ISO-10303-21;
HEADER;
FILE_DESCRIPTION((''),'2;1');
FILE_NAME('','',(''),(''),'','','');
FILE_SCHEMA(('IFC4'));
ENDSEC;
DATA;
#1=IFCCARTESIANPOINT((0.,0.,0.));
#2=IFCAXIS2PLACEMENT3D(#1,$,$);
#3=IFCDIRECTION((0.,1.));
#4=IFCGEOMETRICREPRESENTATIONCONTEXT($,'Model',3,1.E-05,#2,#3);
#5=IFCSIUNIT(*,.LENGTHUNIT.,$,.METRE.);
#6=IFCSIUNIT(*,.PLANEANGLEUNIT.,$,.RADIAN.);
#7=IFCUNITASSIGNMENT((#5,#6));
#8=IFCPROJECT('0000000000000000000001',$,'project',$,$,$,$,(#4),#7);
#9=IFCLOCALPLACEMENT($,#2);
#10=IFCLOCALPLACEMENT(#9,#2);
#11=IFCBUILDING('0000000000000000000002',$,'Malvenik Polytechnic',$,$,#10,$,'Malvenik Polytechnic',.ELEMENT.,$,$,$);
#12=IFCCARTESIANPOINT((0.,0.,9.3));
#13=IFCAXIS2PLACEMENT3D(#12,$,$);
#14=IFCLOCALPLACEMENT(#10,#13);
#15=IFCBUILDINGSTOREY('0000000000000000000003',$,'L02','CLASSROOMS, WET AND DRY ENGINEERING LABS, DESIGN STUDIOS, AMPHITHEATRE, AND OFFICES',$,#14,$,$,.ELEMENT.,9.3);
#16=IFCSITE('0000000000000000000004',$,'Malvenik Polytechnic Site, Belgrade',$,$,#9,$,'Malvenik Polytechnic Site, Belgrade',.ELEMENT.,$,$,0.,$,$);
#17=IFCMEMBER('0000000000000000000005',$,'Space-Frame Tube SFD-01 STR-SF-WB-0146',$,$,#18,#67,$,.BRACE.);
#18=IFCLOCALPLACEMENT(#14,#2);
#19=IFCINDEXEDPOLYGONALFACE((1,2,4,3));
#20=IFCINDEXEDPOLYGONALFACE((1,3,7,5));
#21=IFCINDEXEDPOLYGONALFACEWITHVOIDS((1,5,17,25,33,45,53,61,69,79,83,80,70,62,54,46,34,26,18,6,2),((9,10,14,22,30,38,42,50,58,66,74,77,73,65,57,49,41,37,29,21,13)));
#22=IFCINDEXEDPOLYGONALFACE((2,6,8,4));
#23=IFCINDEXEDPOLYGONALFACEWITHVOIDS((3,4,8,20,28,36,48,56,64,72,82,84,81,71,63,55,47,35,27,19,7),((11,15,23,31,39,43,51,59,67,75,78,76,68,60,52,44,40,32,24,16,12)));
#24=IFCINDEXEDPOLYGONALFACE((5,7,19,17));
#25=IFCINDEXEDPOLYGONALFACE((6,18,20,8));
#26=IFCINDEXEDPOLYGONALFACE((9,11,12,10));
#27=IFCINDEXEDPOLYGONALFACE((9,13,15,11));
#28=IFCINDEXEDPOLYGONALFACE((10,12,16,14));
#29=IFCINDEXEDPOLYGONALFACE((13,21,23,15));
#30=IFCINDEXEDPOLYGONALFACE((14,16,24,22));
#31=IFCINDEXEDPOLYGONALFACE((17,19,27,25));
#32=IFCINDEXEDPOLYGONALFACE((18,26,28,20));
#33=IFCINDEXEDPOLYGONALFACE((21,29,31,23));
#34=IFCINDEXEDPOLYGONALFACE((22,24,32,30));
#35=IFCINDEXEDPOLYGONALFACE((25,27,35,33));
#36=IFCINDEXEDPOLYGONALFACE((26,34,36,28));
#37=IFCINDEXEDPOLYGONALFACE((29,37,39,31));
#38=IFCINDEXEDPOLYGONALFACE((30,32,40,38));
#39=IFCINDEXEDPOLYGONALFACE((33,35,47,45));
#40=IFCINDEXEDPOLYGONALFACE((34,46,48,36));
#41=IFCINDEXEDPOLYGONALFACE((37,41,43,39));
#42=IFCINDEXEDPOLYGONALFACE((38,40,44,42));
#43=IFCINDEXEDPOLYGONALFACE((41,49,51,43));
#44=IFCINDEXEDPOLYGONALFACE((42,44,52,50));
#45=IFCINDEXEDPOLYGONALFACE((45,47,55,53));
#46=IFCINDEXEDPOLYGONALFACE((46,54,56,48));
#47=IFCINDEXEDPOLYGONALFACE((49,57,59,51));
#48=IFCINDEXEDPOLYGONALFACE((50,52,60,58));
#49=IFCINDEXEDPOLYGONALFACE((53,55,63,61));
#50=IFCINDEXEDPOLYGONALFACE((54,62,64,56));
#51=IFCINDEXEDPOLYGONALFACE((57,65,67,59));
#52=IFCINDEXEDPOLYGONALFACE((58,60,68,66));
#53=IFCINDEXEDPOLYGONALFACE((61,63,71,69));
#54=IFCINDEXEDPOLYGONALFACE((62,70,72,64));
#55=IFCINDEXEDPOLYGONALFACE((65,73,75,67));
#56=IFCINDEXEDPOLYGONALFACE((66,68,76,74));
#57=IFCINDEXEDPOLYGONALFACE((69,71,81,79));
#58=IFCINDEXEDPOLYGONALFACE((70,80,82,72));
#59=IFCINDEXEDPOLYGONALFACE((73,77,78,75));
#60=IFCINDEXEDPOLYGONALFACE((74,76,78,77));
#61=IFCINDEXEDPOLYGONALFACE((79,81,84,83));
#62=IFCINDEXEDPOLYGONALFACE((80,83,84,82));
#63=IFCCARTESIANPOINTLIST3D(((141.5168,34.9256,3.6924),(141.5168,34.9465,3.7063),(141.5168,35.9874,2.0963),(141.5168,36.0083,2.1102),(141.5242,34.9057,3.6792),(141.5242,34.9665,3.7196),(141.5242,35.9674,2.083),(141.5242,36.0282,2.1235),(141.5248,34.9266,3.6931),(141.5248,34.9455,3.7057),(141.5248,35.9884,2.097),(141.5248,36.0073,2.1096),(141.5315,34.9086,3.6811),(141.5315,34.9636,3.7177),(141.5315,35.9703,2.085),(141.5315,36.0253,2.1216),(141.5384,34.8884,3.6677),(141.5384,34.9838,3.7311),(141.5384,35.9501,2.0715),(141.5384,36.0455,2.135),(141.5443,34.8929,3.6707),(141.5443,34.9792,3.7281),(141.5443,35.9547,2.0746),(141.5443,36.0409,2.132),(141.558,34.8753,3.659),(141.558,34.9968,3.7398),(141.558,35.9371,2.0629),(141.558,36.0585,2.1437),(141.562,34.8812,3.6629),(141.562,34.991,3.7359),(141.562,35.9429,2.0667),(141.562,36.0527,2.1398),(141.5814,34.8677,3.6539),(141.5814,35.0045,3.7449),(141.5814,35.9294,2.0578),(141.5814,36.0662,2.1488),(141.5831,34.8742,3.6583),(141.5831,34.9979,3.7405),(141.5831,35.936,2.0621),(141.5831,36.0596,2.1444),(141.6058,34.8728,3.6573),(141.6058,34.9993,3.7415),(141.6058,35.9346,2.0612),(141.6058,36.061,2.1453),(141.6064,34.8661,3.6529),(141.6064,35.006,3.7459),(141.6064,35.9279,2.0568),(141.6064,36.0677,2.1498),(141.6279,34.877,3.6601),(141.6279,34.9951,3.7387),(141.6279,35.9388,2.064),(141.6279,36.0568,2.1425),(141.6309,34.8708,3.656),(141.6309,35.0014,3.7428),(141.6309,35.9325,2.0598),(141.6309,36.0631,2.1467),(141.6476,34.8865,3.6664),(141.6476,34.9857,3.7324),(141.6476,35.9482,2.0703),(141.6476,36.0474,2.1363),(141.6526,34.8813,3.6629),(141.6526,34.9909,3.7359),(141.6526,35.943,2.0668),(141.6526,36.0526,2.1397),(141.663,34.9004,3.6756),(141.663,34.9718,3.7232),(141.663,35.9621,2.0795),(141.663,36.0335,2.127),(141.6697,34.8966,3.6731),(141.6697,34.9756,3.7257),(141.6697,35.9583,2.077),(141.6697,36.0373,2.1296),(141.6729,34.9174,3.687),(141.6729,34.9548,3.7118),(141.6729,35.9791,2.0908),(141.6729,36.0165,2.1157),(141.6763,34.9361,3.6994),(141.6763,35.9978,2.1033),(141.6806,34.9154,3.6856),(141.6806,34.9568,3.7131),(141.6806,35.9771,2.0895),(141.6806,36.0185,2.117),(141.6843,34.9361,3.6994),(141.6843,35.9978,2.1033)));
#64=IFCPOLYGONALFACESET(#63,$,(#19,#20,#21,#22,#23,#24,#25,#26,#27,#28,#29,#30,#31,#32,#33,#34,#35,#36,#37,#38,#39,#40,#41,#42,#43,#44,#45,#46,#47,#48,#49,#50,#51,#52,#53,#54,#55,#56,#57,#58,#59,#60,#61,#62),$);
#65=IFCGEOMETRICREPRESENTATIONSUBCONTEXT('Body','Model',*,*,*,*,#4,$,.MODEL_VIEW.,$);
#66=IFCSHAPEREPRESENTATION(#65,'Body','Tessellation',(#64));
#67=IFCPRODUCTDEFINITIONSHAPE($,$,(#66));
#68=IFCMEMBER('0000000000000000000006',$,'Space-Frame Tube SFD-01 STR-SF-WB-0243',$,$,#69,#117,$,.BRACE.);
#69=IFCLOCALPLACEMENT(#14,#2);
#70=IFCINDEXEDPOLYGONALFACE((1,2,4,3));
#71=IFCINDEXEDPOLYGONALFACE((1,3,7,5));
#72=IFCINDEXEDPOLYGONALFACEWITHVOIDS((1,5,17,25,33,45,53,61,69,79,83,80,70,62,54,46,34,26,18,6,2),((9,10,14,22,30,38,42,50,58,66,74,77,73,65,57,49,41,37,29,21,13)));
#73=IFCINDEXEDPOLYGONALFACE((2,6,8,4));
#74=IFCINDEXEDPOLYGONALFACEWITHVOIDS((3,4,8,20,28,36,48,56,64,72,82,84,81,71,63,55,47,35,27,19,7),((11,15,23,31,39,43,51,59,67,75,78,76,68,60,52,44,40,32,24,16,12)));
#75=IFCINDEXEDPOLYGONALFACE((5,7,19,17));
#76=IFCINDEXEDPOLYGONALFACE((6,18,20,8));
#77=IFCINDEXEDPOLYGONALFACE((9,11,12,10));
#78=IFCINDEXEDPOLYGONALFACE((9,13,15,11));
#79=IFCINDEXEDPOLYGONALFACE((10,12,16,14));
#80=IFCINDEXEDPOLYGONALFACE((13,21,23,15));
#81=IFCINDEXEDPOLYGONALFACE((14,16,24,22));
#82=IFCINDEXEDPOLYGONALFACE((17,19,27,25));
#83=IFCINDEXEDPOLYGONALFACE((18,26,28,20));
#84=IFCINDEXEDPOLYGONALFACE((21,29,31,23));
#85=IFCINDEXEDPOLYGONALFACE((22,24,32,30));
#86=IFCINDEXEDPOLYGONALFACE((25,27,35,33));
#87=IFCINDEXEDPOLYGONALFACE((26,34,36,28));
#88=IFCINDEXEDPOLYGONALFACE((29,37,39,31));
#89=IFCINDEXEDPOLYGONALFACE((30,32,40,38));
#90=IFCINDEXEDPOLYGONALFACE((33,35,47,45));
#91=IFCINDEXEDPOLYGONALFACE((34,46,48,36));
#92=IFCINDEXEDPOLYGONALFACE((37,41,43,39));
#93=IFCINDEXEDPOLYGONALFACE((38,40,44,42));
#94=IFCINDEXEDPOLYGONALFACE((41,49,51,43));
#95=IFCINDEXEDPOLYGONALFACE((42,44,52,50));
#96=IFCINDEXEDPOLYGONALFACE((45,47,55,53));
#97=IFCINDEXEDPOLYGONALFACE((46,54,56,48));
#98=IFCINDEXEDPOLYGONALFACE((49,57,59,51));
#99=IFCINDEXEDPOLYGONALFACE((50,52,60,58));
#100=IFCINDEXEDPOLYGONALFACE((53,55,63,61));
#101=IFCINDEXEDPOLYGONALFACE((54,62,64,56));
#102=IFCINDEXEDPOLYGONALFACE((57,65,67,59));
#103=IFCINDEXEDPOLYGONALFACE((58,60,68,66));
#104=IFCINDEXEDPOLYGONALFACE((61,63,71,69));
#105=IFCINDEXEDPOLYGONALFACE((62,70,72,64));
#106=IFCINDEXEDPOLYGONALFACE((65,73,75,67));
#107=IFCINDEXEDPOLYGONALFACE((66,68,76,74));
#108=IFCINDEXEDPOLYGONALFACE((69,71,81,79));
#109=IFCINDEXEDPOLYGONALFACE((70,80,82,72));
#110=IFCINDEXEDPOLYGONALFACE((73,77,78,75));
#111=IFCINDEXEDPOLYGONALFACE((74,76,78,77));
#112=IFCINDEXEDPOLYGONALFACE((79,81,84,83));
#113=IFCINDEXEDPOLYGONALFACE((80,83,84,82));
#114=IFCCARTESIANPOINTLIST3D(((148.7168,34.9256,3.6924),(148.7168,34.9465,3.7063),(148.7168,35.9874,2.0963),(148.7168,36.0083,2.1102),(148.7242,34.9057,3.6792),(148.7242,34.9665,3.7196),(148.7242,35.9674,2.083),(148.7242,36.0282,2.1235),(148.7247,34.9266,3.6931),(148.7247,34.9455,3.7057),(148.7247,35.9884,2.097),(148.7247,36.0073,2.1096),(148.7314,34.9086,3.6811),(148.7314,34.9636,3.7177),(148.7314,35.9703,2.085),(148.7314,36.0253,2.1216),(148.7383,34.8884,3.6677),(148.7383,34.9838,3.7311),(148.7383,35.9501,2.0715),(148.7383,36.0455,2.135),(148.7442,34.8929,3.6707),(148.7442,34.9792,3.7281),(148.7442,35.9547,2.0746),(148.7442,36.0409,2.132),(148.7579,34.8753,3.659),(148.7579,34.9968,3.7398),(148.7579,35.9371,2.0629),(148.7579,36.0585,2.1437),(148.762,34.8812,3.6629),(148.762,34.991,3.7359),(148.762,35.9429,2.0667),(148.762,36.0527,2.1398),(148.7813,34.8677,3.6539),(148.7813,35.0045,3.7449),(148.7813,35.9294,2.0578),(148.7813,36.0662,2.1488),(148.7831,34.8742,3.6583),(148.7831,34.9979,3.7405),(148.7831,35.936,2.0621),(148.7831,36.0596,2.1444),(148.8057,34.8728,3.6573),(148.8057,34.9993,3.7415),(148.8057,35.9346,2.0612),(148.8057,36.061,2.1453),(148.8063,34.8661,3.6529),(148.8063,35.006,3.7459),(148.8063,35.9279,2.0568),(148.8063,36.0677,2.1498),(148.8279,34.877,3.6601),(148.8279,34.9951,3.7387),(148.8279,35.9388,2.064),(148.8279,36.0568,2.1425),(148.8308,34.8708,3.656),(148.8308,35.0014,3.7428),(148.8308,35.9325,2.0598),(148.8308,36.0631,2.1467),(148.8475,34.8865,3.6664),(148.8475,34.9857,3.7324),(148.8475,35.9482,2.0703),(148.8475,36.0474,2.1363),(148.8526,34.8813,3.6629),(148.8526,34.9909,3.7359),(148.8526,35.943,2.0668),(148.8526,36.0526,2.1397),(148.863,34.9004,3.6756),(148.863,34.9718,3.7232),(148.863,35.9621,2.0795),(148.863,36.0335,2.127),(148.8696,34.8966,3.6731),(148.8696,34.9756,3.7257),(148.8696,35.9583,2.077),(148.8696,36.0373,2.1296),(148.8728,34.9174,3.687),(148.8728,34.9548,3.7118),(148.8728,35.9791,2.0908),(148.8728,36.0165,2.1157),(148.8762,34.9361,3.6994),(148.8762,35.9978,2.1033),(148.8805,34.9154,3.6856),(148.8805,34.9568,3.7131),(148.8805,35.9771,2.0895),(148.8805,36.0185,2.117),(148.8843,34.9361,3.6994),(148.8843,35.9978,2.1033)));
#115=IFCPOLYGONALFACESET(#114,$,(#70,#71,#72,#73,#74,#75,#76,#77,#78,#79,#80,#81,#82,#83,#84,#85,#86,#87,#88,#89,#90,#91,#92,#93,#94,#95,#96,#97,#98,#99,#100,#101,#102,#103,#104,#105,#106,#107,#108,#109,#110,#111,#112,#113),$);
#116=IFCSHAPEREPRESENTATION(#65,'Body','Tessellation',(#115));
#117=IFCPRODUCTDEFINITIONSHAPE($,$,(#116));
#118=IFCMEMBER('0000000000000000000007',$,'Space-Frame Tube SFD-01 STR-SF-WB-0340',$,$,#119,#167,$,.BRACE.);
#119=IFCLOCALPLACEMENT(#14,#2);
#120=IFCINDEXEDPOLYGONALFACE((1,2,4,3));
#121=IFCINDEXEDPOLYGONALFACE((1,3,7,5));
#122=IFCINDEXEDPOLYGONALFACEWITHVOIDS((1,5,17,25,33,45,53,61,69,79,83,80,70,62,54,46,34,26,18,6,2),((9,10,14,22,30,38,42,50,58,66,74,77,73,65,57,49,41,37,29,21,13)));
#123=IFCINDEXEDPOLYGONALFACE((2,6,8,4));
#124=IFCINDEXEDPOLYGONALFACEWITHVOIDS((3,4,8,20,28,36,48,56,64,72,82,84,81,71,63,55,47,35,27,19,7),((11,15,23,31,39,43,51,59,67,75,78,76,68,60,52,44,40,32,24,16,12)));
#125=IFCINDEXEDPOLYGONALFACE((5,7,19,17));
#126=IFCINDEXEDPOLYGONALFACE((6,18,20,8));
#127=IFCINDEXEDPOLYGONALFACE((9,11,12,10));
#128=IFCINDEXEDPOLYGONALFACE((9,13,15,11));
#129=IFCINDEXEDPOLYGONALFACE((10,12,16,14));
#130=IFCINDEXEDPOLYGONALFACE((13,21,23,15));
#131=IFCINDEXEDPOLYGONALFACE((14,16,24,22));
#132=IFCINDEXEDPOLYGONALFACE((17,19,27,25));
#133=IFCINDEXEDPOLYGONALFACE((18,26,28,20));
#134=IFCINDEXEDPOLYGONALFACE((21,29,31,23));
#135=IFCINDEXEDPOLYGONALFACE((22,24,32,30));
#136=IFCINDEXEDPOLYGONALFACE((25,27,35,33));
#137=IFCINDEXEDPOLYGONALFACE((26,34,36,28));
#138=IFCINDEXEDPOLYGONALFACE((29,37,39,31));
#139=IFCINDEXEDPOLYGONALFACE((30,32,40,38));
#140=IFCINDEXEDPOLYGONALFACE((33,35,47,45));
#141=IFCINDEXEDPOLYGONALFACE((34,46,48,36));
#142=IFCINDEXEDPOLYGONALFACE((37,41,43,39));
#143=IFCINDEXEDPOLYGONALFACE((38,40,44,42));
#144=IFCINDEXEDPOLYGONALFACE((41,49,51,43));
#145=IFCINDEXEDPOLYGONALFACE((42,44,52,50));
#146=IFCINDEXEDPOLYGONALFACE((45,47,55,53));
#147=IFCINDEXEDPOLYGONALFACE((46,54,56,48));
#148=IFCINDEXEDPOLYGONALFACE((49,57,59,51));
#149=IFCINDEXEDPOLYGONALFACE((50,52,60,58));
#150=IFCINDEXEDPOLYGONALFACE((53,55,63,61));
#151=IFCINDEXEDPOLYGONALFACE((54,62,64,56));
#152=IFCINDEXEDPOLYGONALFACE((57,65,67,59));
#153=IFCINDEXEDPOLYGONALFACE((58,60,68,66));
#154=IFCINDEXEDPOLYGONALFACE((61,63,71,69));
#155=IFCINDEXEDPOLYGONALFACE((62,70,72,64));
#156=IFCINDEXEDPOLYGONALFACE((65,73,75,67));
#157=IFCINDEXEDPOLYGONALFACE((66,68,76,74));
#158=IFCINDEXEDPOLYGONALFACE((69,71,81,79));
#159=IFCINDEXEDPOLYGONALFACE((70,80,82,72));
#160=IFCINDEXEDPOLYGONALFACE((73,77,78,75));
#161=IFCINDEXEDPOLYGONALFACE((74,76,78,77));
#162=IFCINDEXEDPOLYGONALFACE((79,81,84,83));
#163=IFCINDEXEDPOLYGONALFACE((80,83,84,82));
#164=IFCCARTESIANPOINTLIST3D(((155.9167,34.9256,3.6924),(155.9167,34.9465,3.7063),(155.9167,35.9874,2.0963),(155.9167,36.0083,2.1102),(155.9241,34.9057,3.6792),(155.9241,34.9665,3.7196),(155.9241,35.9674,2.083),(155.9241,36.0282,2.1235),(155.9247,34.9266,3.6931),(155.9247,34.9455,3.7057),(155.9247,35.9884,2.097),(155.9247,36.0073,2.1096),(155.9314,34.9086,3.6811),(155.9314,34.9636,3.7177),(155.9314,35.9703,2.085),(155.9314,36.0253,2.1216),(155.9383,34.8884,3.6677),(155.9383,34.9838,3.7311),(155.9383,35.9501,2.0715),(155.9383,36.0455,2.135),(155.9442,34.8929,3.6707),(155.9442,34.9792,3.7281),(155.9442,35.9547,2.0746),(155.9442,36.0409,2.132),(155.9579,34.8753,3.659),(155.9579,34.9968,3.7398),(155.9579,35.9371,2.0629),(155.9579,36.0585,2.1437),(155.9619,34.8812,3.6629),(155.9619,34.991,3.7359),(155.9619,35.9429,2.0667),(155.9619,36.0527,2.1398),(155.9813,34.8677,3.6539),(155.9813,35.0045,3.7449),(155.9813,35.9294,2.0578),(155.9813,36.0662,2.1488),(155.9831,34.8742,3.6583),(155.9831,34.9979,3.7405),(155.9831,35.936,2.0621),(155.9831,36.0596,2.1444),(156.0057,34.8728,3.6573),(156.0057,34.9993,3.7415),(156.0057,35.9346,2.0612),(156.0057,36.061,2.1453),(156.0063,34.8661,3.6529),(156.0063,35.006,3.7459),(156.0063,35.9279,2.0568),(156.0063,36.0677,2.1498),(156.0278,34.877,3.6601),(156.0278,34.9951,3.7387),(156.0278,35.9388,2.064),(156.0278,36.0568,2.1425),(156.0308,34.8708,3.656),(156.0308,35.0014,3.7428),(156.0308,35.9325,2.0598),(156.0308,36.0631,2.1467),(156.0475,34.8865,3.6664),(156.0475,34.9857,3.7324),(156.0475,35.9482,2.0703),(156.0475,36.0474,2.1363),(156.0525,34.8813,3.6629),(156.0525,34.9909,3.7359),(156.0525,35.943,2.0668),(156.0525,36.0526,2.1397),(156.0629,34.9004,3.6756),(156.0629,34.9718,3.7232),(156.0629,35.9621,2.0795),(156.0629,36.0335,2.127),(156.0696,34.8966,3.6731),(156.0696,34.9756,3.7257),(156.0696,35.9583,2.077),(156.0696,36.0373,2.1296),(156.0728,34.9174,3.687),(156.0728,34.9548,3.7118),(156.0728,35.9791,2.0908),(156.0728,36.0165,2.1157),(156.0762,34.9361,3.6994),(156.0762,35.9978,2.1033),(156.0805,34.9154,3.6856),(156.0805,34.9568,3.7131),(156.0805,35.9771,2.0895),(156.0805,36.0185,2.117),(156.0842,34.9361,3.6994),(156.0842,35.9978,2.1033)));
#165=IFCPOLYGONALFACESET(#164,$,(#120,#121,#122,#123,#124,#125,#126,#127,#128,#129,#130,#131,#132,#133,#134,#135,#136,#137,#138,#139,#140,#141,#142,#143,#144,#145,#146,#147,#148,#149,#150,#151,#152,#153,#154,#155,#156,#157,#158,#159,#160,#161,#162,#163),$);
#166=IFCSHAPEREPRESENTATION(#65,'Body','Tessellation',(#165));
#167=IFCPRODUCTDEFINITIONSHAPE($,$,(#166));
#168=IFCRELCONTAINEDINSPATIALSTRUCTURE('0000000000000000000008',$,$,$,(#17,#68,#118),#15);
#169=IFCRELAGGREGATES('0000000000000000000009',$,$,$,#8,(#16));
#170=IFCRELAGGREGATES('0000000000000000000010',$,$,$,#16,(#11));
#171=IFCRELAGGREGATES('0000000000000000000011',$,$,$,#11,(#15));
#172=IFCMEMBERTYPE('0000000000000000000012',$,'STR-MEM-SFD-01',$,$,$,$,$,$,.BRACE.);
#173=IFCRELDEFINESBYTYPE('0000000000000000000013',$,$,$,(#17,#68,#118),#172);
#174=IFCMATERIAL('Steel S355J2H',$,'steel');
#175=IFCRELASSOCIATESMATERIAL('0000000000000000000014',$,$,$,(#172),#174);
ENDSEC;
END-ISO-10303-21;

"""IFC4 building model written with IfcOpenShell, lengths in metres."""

from ifc_helpers import new_model, si_unit, direction, frame, origin, origin_2d, place, context, subcontext, project, spatial, hollow_circle, extrude, material, material_profile, profile_set, type_object, element, save


model = new_model("IFC4")

# Units and contexts
model_context = context("Model", 3, precision=1e-05, world=origin(), true_north=direction((0.0, 1.0)))
body_context = subcontext(model_context, "Body", "Model", "MODEL_VIEW")
ifc_project = project(units=[si_unit("LENGTHUNIT", "METRE"), si_unit("PLANEANGLEUNIT", "RADIAN")], contexts=[model_context])

# Site, building, storey
site_placement = place(None, origin())
site = spatial("IfcSite", under=ifc_project, at=site_placement, Name="Malvenik Polytechnic Site, Belgrade", LongName="Malvenik Polytechnic Site, Belgrade", CompositionType="ELEMENT", RefElevation=0.0)
building_placement = place(site_placement, origin())
building = spatial("IfcBuilding", under=site, at=building_placement, Name="Malvenik Polytechnic", LongName="Malvenik Polytechnic", CompositionType="ELEMENT")
storey_placement = place(building_placement, frame((0.0, 0.0, 9.3)))
storey = spatial("IfcBuildingStorey", under=building, at=storey_placement, Name="L02", Description="CLASSROOMS, WET AND DRY ENGINEERING LABS, DESIGN STUDIOS, AMPHITHEATRE, AND OFFICES", CompositionType="ELEMENT", Elevation=9.3)

# Members
ifc_material_1 = material(Name="Steel S355J2H", Category="steel")
ifc_material_profile_1 = material_profile(ifc_material_1, hollow_circle(Radius=0.0842, WallThickness=0.0081, at=origin_2d()), Name="CHS 168.3x8.0")
ifc_profile_set_1 = profile_set([ifc_material_profile_1], Name="Steel S355J2H")
member_type_1 = type_object("IfcMemberType", Name="STR-MEM-SFD-01", PredefinedType="BRACE", material=ifc_profile_set_1)
for number, where, z_axis, x_axis, name in (
    (1, (141.6001, 35.9978, 2.1033), (0.0, -0.553848, 0.832618), (1.0, 0.0, 0.0), "Space-Frame Tube SFD-01 STR-SF-WB-0146"),
    (2, (148.8, 35.9978, 2.1033), (0.0, -0.553848, 0.832618), (1.0, 0.0, 0.0), "Space-Frame Tube SFD-01 STR-SF-WB-0243"),
    (3, (156.0, 35.9978, 2.1033), (0.0, -0.553848, 0.832618), (1.0, 0.0, 0.0), "Space-Frame Tube SFD-01 STR-SF-WB-0340"),
):
    element("IfcMember", number, at=place(storey_placement, frame(where, z_axis=z_axis, x_axis=x_axis)), inside=storey, type_object=member_type_1, Name=name, PredefinedType="BRACE", context=body_context, shape_type="SweptSolid", body=[
        extrude(hollow_circle(Radius=0.0842, WallThickness=0.0081, at=origin_2d()), origin(), (0.0, 0.0, 1.0), 1.917),
    ])

save(model, "model.ifc")
